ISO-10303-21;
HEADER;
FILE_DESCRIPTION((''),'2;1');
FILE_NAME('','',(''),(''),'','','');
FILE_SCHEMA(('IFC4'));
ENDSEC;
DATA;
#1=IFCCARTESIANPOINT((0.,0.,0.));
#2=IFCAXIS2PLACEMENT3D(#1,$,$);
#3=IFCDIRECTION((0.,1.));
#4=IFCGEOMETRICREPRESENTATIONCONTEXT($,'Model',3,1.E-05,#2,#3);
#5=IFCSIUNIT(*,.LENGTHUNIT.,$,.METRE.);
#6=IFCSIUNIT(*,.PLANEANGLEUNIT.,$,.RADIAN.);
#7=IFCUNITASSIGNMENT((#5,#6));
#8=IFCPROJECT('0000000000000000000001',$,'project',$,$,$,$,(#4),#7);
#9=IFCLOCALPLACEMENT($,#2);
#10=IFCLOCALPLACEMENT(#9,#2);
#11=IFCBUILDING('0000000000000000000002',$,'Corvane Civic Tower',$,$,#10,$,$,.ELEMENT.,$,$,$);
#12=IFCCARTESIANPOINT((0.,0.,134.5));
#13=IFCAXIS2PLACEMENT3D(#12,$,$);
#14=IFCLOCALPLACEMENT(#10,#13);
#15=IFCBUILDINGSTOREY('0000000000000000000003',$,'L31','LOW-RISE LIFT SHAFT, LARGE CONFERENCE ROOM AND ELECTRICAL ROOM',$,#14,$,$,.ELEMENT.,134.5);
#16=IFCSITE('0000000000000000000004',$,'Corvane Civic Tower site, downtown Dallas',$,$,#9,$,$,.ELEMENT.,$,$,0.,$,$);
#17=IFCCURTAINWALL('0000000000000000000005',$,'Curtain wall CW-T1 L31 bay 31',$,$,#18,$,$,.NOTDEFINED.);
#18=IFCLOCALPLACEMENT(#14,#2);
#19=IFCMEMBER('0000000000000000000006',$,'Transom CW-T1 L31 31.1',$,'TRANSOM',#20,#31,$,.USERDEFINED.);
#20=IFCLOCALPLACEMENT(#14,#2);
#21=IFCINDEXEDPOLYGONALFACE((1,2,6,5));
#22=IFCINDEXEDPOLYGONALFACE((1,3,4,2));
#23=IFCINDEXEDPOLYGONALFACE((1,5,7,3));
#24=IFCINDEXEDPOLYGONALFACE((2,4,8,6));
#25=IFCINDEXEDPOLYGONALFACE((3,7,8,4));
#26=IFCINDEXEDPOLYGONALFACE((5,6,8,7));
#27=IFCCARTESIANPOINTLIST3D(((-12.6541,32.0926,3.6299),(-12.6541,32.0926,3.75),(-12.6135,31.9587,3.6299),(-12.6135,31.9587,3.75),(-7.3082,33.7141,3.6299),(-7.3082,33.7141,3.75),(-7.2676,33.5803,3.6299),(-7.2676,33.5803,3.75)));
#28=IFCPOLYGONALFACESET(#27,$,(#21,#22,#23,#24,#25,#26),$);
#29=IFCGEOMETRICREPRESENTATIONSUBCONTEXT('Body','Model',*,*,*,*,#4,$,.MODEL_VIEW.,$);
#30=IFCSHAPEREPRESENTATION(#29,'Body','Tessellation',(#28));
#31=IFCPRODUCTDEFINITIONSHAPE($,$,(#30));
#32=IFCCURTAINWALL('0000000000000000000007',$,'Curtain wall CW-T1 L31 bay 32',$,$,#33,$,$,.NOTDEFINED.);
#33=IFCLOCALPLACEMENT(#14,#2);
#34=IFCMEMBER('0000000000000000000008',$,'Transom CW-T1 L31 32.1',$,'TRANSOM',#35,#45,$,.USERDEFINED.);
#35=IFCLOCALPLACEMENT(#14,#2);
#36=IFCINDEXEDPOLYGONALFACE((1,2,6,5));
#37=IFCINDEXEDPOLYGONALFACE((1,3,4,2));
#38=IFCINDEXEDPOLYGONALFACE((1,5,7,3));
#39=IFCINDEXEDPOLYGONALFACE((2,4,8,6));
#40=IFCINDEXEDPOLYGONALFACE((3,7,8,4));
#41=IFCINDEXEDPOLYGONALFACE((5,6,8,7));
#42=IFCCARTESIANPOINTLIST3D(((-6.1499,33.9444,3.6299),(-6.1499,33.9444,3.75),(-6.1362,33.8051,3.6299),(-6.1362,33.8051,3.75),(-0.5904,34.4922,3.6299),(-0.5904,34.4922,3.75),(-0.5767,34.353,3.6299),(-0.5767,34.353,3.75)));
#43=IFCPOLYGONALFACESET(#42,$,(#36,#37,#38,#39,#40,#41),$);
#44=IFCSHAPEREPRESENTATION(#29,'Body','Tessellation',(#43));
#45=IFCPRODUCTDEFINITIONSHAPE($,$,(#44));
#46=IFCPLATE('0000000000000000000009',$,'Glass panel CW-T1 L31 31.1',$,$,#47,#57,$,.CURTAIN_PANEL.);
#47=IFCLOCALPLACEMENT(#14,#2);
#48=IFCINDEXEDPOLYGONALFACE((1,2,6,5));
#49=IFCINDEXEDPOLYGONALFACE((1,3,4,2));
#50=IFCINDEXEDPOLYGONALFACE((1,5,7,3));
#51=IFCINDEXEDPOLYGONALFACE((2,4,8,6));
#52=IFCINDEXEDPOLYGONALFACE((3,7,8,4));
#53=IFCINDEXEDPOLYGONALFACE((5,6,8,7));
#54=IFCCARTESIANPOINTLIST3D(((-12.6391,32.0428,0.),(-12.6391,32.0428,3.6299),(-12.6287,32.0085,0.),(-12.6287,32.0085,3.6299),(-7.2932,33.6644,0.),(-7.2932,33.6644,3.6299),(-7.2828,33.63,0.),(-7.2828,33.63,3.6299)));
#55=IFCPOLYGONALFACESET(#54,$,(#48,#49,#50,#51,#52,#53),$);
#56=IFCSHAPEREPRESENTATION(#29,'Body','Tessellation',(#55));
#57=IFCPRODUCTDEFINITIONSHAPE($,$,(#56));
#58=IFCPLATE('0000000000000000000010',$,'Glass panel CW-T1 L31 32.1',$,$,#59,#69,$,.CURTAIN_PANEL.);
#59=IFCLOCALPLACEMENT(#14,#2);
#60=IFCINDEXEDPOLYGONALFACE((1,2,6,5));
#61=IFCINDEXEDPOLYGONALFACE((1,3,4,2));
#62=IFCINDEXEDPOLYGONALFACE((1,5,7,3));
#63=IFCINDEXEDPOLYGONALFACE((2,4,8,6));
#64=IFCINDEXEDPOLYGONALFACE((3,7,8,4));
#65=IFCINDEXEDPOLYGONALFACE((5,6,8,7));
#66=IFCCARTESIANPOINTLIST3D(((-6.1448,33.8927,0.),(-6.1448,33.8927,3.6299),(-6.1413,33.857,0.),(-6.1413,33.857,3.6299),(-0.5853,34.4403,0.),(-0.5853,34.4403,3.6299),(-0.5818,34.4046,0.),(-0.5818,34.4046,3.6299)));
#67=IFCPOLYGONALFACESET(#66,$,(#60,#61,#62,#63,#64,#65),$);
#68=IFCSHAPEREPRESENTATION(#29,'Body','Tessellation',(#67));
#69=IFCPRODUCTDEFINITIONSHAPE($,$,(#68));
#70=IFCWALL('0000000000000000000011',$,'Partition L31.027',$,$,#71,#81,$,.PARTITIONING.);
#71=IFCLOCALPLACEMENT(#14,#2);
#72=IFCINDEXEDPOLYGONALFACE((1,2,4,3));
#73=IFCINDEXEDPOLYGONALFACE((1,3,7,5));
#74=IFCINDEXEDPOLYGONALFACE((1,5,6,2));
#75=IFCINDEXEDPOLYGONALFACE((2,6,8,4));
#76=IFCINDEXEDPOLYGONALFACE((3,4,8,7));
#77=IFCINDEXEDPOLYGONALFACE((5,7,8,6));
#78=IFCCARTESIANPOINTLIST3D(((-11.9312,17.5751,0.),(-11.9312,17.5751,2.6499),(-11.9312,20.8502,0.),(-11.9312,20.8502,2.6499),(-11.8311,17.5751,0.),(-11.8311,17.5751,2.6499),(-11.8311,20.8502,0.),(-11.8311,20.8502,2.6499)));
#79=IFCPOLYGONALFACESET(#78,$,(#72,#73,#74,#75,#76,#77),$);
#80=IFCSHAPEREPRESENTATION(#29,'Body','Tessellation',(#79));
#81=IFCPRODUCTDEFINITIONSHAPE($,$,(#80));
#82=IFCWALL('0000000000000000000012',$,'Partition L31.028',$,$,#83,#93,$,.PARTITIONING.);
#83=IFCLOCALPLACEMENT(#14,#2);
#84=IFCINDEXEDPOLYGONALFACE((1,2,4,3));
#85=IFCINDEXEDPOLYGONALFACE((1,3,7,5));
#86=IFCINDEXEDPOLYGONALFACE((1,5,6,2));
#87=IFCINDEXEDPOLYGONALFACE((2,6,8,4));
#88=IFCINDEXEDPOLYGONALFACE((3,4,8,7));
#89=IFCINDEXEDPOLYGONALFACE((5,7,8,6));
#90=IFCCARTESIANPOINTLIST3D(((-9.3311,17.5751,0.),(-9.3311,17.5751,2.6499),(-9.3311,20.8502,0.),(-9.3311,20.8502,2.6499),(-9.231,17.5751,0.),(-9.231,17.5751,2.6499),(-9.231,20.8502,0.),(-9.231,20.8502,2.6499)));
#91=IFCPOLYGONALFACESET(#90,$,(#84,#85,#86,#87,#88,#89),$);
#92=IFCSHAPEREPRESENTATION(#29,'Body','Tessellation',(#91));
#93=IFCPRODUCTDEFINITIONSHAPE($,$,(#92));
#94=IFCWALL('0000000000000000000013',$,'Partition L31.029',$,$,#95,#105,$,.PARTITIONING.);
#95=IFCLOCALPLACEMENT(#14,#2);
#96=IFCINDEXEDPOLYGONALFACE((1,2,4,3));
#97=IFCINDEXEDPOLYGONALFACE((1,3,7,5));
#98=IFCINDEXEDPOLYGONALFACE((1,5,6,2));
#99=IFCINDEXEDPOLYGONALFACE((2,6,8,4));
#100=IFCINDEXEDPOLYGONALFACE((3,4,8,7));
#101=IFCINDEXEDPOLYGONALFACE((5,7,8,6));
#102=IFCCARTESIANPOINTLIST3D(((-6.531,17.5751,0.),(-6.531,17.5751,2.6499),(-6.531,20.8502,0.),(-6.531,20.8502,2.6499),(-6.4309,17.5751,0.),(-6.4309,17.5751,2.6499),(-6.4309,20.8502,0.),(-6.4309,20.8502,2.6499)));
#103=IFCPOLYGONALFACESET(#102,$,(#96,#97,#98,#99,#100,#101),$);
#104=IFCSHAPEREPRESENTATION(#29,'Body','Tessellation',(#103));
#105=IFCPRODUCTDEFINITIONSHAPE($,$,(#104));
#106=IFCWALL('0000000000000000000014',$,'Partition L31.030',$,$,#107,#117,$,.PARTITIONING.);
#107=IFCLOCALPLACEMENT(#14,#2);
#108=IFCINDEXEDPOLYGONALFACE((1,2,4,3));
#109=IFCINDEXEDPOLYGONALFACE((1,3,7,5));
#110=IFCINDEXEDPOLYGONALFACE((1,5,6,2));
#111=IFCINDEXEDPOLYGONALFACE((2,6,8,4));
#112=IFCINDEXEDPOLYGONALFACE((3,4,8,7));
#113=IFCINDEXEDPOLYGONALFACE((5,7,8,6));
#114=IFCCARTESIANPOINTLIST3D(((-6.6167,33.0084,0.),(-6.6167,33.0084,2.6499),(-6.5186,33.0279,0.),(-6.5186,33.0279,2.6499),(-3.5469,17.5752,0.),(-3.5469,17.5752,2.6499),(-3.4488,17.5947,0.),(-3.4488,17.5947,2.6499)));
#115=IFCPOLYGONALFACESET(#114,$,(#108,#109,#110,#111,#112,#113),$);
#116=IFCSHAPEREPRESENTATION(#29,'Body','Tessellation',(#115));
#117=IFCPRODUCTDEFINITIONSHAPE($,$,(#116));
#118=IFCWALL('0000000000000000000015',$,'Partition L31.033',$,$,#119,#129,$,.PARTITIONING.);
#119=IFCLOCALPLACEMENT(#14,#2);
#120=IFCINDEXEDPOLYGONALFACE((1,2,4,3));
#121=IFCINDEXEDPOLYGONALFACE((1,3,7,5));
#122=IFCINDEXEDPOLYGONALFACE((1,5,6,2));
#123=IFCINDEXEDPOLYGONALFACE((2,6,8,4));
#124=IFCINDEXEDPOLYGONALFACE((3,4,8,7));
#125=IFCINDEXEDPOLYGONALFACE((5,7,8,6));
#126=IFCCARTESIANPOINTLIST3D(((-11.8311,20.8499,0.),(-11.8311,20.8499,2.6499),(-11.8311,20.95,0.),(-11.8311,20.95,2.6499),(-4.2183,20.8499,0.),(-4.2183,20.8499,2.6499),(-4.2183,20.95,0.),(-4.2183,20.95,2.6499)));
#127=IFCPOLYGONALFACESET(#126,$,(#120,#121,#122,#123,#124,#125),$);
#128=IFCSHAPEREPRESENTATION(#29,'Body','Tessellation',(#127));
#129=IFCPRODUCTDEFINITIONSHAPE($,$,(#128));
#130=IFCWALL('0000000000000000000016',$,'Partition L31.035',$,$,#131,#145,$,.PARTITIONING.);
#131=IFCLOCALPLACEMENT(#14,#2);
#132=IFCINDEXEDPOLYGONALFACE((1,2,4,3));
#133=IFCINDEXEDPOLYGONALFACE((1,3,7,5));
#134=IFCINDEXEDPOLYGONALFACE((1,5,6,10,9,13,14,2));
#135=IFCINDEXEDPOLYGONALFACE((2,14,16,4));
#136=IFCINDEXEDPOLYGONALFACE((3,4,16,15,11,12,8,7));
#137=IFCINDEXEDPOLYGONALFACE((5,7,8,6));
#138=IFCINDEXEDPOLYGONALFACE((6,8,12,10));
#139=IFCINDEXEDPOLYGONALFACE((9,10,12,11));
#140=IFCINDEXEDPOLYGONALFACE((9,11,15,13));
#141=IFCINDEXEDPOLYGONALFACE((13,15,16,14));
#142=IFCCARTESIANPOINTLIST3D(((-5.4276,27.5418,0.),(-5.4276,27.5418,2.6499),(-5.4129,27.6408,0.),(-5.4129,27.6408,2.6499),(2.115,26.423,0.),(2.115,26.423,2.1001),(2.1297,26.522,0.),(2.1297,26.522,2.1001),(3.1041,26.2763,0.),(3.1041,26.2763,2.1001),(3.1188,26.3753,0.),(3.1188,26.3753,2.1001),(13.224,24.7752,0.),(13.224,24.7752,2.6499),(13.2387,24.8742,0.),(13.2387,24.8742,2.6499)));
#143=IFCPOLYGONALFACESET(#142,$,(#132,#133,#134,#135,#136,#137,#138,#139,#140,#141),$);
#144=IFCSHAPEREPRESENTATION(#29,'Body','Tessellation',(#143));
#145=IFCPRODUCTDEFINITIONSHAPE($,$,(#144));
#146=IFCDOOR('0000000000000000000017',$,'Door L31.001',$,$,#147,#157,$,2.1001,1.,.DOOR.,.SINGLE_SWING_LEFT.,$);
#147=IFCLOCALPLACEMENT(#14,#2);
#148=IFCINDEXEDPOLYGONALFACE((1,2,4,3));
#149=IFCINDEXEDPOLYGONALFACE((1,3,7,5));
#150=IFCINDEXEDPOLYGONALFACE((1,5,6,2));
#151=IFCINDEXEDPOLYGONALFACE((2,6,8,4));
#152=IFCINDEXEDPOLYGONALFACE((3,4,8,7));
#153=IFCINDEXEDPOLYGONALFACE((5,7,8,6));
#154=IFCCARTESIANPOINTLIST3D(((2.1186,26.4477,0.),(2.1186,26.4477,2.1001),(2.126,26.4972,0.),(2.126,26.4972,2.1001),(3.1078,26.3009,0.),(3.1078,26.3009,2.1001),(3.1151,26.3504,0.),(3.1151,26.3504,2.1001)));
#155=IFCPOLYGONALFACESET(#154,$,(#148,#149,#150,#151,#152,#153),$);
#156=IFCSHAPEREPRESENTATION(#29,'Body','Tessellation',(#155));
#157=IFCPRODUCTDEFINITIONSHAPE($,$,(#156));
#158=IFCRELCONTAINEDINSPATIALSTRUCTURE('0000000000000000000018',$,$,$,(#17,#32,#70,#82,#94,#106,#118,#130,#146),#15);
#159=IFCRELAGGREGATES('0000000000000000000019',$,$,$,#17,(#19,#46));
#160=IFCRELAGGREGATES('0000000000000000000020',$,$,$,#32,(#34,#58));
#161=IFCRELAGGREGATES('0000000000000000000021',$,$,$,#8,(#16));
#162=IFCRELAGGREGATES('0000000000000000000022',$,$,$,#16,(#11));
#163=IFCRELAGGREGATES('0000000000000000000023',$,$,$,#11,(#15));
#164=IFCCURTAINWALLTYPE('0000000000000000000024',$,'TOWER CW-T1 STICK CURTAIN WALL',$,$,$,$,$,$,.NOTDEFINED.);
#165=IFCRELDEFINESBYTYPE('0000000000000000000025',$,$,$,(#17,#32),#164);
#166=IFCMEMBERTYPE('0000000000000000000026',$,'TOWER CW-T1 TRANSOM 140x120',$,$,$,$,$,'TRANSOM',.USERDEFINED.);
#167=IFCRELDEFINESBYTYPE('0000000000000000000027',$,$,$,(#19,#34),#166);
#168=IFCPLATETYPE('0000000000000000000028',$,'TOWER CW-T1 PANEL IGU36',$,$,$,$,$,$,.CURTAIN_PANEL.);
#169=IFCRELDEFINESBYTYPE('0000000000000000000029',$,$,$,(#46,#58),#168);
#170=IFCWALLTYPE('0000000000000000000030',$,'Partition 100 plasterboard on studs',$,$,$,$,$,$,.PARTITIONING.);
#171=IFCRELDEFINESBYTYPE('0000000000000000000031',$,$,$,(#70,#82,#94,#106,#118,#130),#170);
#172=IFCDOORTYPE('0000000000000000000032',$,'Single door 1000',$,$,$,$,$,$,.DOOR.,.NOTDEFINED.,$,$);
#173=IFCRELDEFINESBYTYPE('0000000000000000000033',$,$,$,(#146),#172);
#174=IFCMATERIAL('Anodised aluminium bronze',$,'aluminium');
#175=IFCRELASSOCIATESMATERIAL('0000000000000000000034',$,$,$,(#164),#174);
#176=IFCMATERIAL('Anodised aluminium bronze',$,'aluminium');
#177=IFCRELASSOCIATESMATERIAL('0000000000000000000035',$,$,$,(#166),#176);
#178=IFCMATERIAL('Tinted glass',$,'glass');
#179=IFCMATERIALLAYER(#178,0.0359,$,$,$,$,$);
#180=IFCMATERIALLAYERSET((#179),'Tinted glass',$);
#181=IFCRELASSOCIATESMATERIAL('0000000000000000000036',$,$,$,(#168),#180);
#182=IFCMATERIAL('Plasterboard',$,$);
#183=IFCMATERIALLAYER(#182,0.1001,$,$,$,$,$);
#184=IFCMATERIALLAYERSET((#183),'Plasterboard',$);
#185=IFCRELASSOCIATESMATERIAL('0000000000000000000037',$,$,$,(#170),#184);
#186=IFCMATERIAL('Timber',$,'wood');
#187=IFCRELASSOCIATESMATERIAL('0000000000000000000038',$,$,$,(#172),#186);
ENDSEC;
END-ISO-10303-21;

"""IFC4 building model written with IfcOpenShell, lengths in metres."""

from ifc_helpers import new_model, si_unit, direction, frame, frame_2d, origin, origin_2d, place, context, subcontext, project, spatial, rectangle, extrude, material, layer, layer_set, material_profile, profile_set, type_object, element, fill, aggregate, save


model = new_model("IFC4")

# Units and contexts
model_context = context("Model", 3, precision=1e-05, world=origin(), true_north=direction((0.0, 1.0)))
body_context = subcontext(model_context, "Body", "Model", "MODEL_VIEW")
ifc_project = project(units=[si_unit("LENGTHUNIT", "METRE"), si_unit("PLANEANGLEUNIT", "RADIAN")], contexts=[model_context])

# Site, building, storey
site_placement = place(None, origin())
site = spatial("IfcSite", under=ifc_project, at=site_placement, Name="Corvane Civic Tower site, downtown Dallas", CompositionType="ELEMENT", RefElevation=0.0)
building_placement = place(site_placement, origin())
building = spatial("IfcBuilding", under=site, at=building_placement, Name="Corvane Civic Tower", CompositionType="ELEMENT")
storey_placement = place(building_placement, frame((0.0, 0.0, 134.5)))
storey = spatial("IfcBuildingStorey", under=building, at=storey_placement, Name="L31", Description="LOW-RISE LIFT SHAFT, LARGE CONFERENCE ROOM AND ELECTRICAL ROOM", CompositionType="ELEMENT", Elevation=134.5)

# Curtain walls, members
ifc_material_1 = material(Name="Anodised aluminium bronze", Category="aluminium")
curtain_wall_type = type_object("IfcCurtainWallType", Name="TOWER CW-T1 STICK CURTAIN WALL", PredefinedType="NOTDEFINED", material=ifc_material_1)
curtain_wall_1_placement = place(storey_placement, origin())
curtain_wall_1 = element("IfcCurtainWall", 1, at=curtain_wall_1_placement, inside=storey, type_object=curtain_wall_type, Name="Curtain wall CW-T1 L31 bay 31", PredefinedType="NOTDEFINED")
ifc_material_2 = material(Name="Anodised aluminium bronze", Category="aluminium")
ifc_material_profile_1 = material_profile(ifc_material_2, rectangle(XDim=0.1399, YDim=0.1201, at=origin_2d()), Name="TOWER CW-T1 TRANSOM 140x120")
ifc_profile_set_1 = profile_set([ifc_material_profile_1], Name="Anodised aluminium bronze")
member_type = type_object("IfcMemberType", Name="TOWER CW-T1 TRANSOM 140x120", ElementType="TRANSOM", PredefinedType="USERDEFINED", material=ifc_profile_set_1)
member_1_placement = place(storey_placement, frame((-12.6338, 32.0256, 3.6899), z_axis=(0.956945, 0.290269, 0.0), x_axis=(-0.290269, 0.956945, 0.0)))
member_1 = element("IfcMember", 2, at=member_1_placement, type_object=member_type, Name="Transom CW-T1 L31 31.1", ObjectType="TRANSOM", PredefinedType="USERDEFINED", context=body_context, shape_type="SweptSolid", body=[
    extrude(rectangle(XDim=0.1399, YDim=0.1201, at=origin_2d()), origin(), (0.0, 0.0, 1.0), 5.5864),
])
curtain_wall_2_placement = place(storey_placement, origin())
curtain_wall_2 = element("IfcCurtainWall", 3, at=curtain_wall_2_placement, inside=storey, type_object=curtain_wall_type, Name="Curtain wall CW-T1 L31 bay 32", PredefinedType="NOTDEFINED")
member_2_placement = place(storey_placement, frame((-6.1431, 33.8748, 3.6899), z_axis=(0.99518, 0.098067, 0.0), x_axis=(-0.098067, 0.99518, 0.0)))
member_2 = element("IfcMember", 4, at=member_2_placement, type_object=member_type, Name="Transom CW-T1 L31 32.1", ObjectType="TRANSOM", PredefinedType="USERDEFINED", context=body_context, shape_type="SweptSolid", body=[
    extrude(rectangle(XDim=0.1399, YDim=0.1201, at=origin_2d()), origin(), (0.0, 0.0, 1.0), 5.5864),
])

# Plates
ifc_material_3 = material(Name="Tinted glass", Category="glass")
ifc_layer_1 = layer(ifc_material_3, 0.0359)
ifc_layer_set_1 = layer_set([ifc_layer_1], Name="Tinted glass")
plate_type = type_object("IfcPlateType", Name="TOWER CW-T1 PANEL IGU36", PredefinedType="CURTAIN_PANEL", material=ifc_layer_set_1)
plate_1_placement = place(storey_placement, frame((-9.9609, 32.8364, 0.0), z_axis=(0.0, 0.0, 1.0), x_axis=(0.956946, 0.290266, 0.0)))
plate_1 = element("IfcPlate", 5, at=plate_1_placement, type_object=plate_type, Name="Glass panel CW-T1 L31 31.1", PredefinedType="CURTAIN_PANEL", context=body_context, shape_type="SweptSolid", body=[
    extrude(rectangle(XDim=5.5864, YDim=0.0359, at=origin_2d()), origin(), (0.0, 0.0, 1.0), 3.6299),
])
aggregate(curtain_wall_1, [member_1, plate_1])
plate_2_placement = place(storey_placement, frame((-3.3633, 34.1487, 0.0), z_axis=(0.0, 0.0, 1.0), x_axis=(0.995184, 0.098027, 0.0)))
plate_2 = element("IfcPlate", 6, at=plate_2_placement, type_object=plate_type, Name="Glass panel CW-T1 L31 32.1", PredefinedType="CURTAIN_PANEL", context=body_context, shape_type="SweptSolid", body=[
    extrude(rectangle(XDim=5.5864, YDim=0.0359, at=origin_2d()), origin(), (0.0, 0.0, 1.0), 3.6299),
])
aggregate(curtain_wall_2, [member_2, plate_2])

# Walls
ifc_material_4 = material(Name="Plasterboard")
ifc_layer_2 = layer(ifc_material_4, 0.1001)
ifc_layer_set_2 = layer_set([ifc_layer_2], Name="Plasterboard")
wall_type = type_object("IfcWallType", Name="Partition 100 plasterboard on studs", PredefinedType="PARTITIONING", material=ifc_layer_set_2)
for number, where, z_axis, x_axis, name in (
    (7, (-11.8811, 17.575, 0.0), (0.0, 0.0, 1.0), (0.0, 1.0, 0.0), "Partition L31.027"),
    (8, (-9.281, 17.575, 0.0), (0.0, 0.0, 1.0), (0.0, 1.0, 0.0), "Partition L31.028"),
    (9, (-6.481, 17.575, 0.0), (0.0, 0.0, 1.0), (0.0, 1.0, 0.0), "Partition L31.029"),
):
    element("IfcWall", number, at=place(storey_placement, frame(where, z_axis=z_axis, x_axis=x_axis)), inside=storey, type_object=wall_type, Name=name, PredefinedType="PARTITIONING", context=body_context, shape_type="SweptSolid", body=[
        extrude(rectangle(XDim=3.2751, YDim=0.1001, at=frame_2d((1.6377, 0.0))), origin(), (0.0, 0.0, 1.0), 2.6499),
    ])
wall_1_placement = place(storey_placement, frame((-6.5676, 33.0181, 0.0), z_axis=(0.0, 0.0, 1.0), x_axis=(0.195087, -0.980786, 0.0)))
element("IfcWall", 10, at=wall_1_placement, inside=storey, type_object=wall_type, Name="Partition L31.030", PredefinedType="PARTITIONING", context=body_context, shape_type="SweptSolid", body=[
    extrude(rectangle(XDim=15.7356, YDim=0.1001, at=frame_2d((7.8677, 0.0))), origin(), (0.0, 0.0, 1.0), 2.6499),
])
wall_2_placement = place(storey_placement, frame((-11.8311, 20.8999, 0.0), z_axis=(0.0, 0.0, 1.0), x_axis=(1.0, 0.0, 0.0)))
element("IfcWall", 11, at=wall_2_placement, inside=storey, type_object=wall_type, Name="Partition L31.033", PredefinedType="PARTITIONING", context=body_context, shape_type="SweptSolid", body=[
    extrude(rectangle(XDim=7.6128, YDim=0.1001, at=frame_2d((3.8064, 0.0))), origin(), (0.0, 0.0, 1.0), 2.6499),
])

# Wall, opening, door
wall_3_placement = place(storey_placement, frame((-5.4202, 27.5913, 0.0), z_axis=(0.0, 0.0, 1.0), x_axis=(0.989177, -0.146725, 0.0)))
wall_3 = element("IfcWall", 12, at=wall_3_placement, inside=storey, type_object=wall_type, Name="Partition L31.035", PredefinedType="PARTITIONING", context=body_context, shape_type="SweptSolid", body=[
    extrude(rectangle(XDim=18.8557, YDim=0.1001, at=frame_2d((9.4277, 0.0))), origin(), (0.0, 0.0, 1.0), 2.6499),
])
opening_placement = place(wall_3_placement, frame((7.625, 0.0, 0.0)))
opening = element("IfcOpeningElement", 13, at=opening_placement, cuts=wall_3, PredefinedType="OPENING", context=body_context, shape_type="SweptSolid", body=[
    extrude(rectangle(XDim=1.0, YDim=2.1001, at=frame_2d((0.5, 1.05))), frame((0.0, 0.0601, 0.0), z_axis=(0.0, -1.0, 0.0), x_axis=(1.0, 0.0, 0.0)), (0.0, 0.0, 1.0), 0.1201),
])
ifc_material_5 = material(Name="Timber", Category="wood")
door_type = type_object("IfcDoorType", Name="Single door 1000", OperationType="NOTDEFINED", PredefinedType="DOOR", material=ifc_material_5)
door_placement = place(opening_placement, origin())
door = element("IfcDoor", 14, at=door_placement, inside=storey, type_object=door_type, Name="Door L31.001", OperationType="SINGLE_SWING_LEFT", OverallHeight=2.1001, OverallWidth=1.0, PredefinedType="DOOR", context=body_context, shape_type="SweptSolid", body=[
    extrude(rectangle(XDim=1.0, YDim=2.1001, at=frame_2d((0.5, 1.05))), frame((0.0, 0.0249, 0.0), z_axis=(0.0, -1.0, 0.0), x_axis=(1.0, 0.0, 0.0)), (0.0, 0.0, 1.0), 0.05),
])
fill(opening, door)

save(model, "model.ifc")
